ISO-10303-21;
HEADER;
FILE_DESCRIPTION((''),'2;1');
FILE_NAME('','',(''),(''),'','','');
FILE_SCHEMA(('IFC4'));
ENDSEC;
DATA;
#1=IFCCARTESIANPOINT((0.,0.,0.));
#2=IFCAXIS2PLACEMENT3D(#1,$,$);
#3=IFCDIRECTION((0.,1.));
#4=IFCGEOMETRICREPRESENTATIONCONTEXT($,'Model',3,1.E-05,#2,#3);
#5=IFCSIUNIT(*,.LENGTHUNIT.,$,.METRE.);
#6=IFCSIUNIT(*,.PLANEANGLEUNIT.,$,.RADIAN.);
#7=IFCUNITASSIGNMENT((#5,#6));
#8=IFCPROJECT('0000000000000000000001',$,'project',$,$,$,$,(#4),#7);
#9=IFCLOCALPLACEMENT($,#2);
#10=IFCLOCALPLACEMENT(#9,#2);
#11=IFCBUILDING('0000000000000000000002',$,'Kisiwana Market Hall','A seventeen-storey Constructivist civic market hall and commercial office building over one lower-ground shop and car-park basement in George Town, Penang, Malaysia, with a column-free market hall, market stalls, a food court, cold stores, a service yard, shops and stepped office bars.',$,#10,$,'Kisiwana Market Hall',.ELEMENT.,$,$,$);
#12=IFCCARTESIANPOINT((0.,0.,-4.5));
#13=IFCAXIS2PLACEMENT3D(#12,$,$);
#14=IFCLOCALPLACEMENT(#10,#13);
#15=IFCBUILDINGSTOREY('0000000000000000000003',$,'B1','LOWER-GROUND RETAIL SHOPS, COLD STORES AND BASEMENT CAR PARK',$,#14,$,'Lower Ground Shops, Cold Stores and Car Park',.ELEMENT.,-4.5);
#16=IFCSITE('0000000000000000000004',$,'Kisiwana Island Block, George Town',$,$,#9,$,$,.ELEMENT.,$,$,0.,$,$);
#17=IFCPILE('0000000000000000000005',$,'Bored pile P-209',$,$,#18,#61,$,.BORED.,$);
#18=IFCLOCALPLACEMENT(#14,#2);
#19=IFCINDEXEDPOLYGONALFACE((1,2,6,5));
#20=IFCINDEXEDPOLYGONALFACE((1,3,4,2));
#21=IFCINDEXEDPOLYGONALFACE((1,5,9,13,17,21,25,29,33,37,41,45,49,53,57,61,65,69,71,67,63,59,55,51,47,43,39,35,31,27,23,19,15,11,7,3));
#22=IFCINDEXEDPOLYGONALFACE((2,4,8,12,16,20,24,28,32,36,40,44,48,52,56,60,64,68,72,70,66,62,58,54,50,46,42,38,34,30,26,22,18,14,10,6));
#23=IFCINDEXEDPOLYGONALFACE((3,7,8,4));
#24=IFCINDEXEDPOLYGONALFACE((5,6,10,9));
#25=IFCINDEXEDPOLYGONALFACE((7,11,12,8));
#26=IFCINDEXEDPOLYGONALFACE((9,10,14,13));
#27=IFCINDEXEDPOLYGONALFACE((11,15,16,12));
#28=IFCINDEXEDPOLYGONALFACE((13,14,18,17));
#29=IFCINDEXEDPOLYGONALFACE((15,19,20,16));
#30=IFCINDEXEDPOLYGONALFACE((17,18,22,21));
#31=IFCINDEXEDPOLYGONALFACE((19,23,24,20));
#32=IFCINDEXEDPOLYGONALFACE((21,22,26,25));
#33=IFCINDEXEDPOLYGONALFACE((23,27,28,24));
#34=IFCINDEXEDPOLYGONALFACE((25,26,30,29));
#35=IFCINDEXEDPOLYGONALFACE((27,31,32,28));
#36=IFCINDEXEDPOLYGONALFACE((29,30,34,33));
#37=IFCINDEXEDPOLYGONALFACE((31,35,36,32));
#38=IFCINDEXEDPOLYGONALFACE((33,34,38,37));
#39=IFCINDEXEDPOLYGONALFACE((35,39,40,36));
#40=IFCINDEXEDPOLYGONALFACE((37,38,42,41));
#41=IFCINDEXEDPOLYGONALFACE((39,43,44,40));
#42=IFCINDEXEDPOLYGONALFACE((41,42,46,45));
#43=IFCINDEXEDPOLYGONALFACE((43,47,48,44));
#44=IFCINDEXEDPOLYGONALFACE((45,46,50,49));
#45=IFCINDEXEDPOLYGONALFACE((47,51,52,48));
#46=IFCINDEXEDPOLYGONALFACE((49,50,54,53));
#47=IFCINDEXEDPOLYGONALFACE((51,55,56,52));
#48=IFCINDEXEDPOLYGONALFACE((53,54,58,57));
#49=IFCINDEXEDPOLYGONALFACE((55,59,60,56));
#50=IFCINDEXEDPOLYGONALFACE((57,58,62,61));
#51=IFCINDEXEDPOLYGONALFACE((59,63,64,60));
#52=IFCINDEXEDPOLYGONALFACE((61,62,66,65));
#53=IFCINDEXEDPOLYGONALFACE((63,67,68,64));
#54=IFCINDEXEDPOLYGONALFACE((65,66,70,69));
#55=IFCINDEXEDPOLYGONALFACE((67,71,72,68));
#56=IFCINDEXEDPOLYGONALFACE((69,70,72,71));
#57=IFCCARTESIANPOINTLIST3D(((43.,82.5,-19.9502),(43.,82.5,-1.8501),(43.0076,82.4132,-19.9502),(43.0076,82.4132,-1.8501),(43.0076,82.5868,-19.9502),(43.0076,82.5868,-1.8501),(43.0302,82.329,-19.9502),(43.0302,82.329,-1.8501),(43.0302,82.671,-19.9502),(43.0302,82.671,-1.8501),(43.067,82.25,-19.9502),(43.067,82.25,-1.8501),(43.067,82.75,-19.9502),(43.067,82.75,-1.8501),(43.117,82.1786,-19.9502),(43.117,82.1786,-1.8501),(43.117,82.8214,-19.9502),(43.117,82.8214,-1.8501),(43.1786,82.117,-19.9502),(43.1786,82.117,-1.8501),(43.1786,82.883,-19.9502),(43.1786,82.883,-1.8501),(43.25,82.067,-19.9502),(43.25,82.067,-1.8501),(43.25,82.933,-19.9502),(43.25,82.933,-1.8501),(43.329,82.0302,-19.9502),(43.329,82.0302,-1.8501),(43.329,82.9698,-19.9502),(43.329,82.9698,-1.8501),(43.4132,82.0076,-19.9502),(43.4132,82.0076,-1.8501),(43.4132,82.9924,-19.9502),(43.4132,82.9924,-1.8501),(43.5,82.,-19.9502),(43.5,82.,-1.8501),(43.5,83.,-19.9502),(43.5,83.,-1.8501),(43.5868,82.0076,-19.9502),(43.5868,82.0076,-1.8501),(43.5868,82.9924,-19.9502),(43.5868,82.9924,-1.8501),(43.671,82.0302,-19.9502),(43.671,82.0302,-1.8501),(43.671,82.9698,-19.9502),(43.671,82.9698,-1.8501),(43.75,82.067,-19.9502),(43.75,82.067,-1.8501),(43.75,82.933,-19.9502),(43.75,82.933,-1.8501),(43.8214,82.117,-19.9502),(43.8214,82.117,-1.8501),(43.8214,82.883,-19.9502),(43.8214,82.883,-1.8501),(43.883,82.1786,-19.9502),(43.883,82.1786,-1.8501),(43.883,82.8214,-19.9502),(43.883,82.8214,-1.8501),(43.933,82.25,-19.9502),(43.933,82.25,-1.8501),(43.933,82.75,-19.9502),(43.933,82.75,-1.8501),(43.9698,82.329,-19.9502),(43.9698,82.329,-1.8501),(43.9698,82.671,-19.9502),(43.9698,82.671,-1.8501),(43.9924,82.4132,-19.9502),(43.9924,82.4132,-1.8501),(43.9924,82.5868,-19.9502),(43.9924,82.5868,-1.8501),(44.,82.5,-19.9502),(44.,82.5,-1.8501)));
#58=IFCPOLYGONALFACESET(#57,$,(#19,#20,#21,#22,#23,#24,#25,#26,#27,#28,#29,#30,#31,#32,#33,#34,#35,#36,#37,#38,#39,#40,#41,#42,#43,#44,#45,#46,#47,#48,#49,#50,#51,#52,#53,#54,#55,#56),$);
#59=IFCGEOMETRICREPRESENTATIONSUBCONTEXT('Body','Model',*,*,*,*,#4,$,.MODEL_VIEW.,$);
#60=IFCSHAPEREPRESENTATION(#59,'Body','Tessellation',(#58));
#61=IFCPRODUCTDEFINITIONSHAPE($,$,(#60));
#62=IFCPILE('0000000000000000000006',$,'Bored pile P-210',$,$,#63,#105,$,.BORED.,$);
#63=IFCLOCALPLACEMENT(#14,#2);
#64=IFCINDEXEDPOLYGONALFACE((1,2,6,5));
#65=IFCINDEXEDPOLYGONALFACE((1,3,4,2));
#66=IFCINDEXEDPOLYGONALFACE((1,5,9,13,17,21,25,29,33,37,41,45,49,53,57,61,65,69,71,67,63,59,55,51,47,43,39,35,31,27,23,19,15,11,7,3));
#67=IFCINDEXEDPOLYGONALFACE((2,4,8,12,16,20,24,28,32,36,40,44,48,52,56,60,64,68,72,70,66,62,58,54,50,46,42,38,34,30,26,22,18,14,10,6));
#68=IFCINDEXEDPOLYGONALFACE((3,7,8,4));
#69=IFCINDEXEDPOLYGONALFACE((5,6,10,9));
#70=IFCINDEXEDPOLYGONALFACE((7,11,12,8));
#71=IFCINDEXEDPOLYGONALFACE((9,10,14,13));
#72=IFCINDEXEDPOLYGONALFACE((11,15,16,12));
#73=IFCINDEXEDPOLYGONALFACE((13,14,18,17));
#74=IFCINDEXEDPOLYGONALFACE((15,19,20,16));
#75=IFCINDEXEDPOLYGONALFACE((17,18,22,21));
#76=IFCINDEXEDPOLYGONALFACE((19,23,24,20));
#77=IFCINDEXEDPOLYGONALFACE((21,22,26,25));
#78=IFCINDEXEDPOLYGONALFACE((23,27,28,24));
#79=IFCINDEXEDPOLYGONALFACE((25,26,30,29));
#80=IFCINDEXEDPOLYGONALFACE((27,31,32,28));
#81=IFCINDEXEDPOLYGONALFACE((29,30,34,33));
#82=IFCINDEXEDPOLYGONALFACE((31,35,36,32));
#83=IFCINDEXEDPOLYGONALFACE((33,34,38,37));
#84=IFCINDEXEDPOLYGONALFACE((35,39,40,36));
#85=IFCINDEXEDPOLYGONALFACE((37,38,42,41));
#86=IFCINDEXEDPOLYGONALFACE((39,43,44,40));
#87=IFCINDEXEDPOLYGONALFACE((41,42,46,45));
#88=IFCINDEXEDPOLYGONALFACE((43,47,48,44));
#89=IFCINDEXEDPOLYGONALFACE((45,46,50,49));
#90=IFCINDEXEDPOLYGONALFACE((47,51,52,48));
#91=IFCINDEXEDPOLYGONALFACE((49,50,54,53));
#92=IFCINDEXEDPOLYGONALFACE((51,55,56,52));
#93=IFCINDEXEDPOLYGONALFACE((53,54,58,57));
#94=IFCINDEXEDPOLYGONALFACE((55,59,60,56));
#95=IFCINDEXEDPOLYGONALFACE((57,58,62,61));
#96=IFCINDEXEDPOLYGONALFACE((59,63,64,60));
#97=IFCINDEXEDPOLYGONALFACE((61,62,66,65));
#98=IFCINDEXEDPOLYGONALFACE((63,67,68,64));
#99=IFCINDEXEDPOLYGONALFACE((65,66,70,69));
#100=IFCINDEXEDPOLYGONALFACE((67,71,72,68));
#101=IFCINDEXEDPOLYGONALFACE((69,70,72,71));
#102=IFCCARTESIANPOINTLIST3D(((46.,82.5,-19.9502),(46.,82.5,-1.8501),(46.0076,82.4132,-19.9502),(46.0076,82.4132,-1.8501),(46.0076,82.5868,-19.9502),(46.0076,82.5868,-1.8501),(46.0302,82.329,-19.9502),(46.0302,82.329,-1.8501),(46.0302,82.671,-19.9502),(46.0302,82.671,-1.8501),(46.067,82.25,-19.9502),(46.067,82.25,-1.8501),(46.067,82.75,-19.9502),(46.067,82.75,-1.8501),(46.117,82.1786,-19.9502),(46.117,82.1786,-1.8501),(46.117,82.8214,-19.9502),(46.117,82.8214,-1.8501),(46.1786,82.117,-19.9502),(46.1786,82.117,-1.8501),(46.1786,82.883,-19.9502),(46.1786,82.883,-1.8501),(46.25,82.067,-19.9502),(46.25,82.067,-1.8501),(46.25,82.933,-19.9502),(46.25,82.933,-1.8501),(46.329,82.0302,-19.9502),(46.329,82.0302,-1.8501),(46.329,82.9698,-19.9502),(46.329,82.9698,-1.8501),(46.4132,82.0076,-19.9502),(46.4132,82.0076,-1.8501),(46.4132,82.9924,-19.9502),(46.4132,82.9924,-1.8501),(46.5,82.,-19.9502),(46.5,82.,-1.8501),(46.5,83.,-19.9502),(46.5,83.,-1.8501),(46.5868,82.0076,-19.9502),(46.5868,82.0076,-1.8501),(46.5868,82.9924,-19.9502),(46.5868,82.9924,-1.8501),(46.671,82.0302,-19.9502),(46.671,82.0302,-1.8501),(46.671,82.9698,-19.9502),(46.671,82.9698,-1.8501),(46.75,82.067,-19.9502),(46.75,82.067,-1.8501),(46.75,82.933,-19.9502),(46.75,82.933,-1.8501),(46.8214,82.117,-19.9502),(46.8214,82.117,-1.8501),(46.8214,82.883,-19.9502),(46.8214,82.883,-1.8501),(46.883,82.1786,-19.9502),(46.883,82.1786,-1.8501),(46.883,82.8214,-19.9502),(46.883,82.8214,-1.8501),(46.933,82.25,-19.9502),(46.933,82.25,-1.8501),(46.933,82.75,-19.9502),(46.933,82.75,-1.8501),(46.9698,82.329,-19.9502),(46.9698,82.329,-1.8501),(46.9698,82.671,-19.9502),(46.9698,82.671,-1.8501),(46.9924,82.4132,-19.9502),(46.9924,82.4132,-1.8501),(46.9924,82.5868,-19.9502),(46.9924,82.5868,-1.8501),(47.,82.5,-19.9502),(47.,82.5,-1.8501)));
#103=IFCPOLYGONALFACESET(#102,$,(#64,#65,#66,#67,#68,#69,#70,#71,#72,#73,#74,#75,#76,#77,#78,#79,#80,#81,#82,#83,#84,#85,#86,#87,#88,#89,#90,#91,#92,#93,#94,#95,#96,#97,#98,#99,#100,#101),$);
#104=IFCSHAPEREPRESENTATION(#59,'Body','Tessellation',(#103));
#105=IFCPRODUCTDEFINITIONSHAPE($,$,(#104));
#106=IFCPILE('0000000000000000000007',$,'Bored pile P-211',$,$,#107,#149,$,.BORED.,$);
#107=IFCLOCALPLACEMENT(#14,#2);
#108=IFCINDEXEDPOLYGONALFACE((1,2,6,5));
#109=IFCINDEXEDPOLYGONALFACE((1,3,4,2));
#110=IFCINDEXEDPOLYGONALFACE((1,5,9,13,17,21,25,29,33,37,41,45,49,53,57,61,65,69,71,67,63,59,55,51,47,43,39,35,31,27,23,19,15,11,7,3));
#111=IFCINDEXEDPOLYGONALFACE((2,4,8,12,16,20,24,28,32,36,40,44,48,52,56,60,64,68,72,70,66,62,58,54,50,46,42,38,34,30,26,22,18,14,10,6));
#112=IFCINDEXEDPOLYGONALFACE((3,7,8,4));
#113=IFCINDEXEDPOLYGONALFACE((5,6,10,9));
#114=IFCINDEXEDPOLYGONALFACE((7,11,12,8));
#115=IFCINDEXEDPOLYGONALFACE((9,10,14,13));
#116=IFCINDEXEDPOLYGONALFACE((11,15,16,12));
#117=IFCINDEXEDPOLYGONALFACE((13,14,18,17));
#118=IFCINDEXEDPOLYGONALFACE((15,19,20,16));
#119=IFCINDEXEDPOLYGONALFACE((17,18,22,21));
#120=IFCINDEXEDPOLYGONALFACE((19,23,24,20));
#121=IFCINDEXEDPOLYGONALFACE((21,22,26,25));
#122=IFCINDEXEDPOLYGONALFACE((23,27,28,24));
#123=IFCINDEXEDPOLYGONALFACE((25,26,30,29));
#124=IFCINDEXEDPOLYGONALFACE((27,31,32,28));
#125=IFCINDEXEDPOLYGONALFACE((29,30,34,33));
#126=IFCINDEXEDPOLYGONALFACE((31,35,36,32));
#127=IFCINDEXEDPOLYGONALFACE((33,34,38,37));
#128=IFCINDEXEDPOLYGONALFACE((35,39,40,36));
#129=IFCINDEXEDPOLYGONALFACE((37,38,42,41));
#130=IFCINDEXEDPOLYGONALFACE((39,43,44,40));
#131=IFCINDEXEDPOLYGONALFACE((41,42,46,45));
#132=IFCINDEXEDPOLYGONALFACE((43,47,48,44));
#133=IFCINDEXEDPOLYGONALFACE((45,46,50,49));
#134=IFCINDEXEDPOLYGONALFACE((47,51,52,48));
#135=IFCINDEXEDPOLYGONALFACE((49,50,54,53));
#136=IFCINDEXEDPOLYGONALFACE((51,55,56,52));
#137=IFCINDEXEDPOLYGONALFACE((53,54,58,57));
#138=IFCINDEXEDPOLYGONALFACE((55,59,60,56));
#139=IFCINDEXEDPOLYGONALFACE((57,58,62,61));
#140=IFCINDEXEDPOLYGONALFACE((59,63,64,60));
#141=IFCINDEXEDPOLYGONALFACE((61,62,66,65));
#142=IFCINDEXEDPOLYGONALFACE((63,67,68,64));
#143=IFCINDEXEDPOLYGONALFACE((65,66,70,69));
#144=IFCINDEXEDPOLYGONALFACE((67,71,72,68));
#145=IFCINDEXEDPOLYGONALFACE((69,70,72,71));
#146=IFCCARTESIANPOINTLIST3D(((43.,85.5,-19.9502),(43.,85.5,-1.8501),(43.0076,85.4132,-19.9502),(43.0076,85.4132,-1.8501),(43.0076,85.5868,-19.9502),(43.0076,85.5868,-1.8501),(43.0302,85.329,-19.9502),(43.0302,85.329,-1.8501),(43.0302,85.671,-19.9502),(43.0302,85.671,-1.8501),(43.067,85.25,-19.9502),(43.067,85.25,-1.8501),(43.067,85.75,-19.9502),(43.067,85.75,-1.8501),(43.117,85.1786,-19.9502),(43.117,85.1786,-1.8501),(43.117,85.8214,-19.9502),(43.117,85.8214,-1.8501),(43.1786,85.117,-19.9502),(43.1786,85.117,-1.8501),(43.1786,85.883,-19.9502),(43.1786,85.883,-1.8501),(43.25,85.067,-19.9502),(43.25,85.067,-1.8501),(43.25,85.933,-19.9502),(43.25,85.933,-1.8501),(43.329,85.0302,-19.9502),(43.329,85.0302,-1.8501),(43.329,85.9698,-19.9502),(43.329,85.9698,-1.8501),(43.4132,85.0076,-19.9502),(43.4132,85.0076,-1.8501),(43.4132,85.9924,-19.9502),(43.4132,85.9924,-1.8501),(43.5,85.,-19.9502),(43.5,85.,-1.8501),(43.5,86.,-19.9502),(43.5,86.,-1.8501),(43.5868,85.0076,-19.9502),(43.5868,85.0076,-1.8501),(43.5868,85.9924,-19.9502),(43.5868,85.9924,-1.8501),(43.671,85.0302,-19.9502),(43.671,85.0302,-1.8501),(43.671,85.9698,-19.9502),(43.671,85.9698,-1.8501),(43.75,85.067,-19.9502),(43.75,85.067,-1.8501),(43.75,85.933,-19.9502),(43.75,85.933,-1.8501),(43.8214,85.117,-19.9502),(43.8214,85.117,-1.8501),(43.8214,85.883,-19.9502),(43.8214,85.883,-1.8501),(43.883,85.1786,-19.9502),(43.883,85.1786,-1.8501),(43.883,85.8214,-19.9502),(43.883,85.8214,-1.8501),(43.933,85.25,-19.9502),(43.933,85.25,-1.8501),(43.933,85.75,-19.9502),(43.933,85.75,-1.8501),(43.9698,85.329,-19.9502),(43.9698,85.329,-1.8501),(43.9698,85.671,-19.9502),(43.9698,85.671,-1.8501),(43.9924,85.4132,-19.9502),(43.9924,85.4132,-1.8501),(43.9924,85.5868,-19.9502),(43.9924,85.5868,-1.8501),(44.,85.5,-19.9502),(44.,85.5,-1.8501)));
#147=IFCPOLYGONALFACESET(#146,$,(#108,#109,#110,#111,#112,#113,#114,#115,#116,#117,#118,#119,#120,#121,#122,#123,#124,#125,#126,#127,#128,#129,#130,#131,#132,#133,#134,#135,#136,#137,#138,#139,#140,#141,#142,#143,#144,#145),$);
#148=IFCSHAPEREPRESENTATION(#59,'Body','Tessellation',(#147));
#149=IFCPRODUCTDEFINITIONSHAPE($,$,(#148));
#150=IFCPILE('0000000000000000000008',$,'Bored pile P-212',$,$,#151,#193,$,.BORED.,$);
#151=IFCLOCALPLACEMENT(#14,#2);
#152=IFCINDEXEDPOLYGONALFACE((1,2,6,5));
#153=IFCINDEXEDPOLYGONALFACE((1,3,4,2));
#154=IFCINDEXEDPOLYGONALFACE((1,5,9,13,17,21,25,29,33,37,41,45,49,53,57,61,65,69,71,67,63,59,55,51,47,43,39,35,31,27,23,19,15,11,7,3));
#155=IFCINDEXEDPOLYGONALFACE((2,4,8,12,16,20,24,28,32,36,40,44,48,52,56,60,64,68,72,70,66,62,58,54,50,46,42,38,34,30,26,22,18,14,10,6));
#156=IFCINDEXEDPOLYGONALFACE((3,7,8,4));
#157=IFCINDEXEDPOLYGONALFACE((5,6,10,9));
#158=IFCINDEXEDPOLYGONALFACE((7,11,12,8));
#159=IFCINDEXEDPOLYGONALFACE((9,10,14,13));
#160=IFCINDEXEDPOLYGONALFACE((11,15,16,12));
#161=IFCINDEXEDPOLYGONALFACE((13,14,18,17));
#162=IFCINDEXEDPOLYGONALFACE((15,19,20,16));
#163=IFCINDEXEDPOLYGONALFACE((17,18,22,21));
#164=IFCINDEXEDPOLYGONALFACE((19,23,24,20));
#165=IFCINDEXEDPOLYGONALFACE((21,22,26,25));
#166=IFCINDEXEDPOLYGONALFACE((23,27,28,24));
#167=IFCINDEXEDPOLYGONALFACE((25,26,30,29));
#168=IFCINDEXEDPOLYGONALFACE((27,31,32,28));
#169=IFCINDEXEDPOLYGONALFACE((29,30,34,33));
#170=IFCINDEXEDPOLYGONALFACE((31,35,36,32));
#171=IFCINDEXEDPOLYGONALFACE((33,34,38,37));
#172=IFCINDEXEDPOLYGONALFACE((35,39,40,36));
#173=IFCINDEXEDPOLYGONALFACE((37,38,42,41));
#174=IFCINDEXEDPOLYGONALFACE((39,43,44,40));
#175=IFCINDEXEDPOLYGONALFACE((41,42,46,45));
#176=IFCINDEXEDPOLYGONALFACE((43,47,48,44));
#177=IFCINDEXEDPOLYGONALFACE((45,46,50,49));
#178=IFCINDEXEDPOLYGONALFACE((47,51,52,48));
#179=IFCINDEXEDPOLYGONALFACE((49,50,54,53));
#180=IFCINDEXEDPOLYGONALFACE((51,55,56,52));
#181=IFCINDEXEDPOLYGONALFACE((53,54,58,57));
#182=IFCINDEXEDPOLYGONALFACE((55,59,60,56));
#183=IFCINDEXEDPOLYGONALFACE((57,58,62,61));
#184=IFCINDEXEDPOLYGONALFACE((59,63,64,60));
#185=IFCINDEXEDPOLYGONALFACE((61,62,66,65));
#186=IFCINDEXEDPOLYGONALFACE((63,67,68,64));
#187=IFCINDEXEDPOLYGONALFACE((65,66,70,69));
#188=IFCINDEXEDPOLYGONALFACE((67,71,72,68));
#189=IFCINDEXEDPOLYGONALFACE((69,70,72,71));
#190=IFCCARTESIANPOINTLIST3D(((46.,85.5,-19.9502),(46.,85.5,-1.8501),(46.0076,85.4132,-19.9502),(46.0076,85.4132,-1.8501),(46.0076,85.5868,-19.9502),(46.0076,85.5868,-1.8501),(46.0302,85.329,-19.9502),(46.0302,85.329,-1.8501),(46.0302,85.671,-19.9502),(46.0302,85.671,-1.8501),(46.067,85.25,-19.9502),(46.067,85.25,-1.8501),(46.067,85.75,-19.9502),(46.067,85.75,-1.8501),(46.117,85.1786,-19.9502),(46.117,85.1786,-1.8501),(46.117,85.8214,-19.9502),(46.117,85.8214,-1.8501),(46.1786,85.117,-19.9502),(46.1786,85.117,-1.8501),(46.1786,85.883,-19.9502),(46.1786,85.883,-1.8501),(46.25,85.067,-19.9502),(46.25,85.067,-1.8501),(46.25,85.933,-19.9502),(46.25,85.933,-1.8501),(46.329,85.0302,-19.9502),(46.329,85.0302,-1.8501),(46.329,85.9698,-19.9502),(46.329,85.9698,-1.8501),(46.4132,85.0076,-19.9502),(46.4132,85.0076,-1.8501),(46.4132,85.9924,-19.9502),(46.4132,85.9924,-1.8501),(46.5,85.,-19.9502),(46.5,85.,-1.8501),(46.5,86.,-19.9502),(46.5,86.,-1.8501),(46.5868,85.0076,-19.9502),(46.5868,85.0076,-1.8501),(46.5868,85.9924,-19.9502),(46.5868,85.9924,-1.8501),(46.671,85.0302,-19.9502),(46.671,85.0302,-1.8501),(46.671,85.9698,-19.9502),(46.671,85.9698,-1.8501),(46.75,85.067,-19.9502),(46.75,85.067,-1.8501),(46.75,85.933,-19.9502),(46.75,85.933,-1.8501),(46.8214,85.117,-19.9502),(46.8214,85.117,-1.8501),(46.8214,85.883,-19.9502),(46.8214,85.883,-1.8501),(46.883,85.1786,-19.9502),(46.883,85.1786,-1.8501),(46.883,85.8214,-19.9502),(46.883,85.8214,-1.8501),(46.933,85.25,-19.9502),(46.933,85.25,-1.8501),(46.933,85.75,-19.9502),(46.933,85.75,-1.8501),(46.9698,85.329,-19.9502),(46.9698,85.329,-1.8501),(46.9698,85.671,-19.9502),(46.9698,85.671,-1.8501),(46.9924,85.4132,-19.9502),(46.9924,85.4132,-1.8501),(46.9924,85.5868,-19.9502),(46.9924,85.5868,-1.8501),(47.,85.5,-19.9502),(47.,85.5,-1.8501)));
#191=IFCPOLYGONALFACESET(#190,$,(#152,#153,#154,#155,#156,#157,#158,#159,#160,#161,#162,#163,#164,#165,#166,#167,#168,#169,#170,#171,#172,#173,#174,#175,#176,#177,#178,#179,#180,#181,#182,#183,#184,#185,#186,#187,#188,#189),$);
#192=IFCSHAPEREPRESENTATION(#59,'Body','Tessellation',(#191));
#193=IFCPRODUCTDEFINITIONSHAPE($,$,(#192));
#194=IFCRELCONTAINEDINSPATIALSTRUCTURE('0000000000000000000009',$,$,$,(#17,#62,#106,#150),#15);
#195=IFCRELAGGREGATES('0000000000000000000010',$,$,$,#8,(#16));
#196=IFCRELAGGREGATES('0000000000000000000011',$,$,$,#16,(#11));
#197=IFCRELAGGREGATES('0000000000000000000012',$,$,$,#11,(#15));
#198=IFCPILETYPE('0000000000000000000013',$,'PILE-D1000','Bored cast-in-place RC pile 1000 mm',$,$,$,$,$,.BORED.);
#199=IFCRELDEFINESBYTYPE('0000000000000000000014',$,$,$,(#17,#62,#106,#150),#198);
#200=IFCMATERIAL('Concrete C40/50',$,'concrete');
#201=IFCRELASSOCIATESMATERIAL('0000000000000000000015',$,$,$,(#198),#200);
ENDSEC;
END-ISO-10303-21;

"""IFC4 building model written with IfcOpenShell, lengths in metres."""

from ifc_helpers import new_model, si_unit, direction, frame, origin, origin_2d, place, context, subcontext, project, spatial, circle, extrude, material, material_profile, profile_set, type_object, element, save


model = new_model("IFC4")

# Units and contexts
model_context = context("Model", 3, precision=1e-05, world=origin(), true_north=direction((0.0, 1.0)))
body_context = subcontext(model_context, "Body", "Model", "MODEL_VIEW")
ifc_project = project(units=[si_unit("LENGTHUNIT", "METRE"), si_unit("PLANEANGLEUNIT", "RADIAN")], contexts=[model_context])

# Site, building, storey
site_placement = place(None, origin())
site = spatial("IfcSite", under=ifc_project, at=site_placement, Name="Kisiwana Island Block, George Town", CompositionType="ELEMENT", RefElevation=0.0)
building_placement = place(site_placement, origin())
building = spatial("IfcBuilding", under=site, at=building_placement, Name="Kisiwana Market Hall", Description="A seventeen-storey Constructivist civic market hall and commercial office building over one lower-ground shop and car-park basement in George Town, Penang, Malaysia, with a column-free market hall, market stalls, a food court, cold stores, a service yard, shops and stepped office bars.", LongName="Kisiwana Market Hall", CompositionType="ELEMENT")
storey_placement = place(building_placement, frame((0.0, 0.0, -4.5)))
storey = spatial("IfcBuildingStorey", under=building, at=storey_placement, Name="B1", Description="LOWER-GROUND RETAIL SHOPS, COLD STORES AND BASEMENT CAR PARK", LongName="Lower Ground Shops, Cold Stores and Car Park", CompositionType="ELEMENT", Elevation=-4.5)

# Piles
ifc_material_1 = material(Name="Concrete C40/50", Category="concrete")
ifc_material_profile_1 = material_profile(ifc_material_1, circle(Radius=0.5, at=origin_2d()), Name="BP D1000")
ifc_profile_set_1 = profile_set([ifc_material_profile_1], Name="Concrete C40/50")
pile_type_1 = type_object("IfcPileType", Name="PILE-D1000", Description="Bored cast-in-place RC pile 1000 mm", PredefinedType="BORED", material=ifc_profile_set_1)
for number, where, z_axis, x_axis, name in (
    (1, (43.5, 82.5, -1.8501), (0.0, 0.0, -1.0), (1.0, 0.0, 0.0), "Bored pile P-209"),
    (2, (46.5, 82.5, -1.8501), (0.0, 0.0, -1.0), (1.0, 0.0, 0.0), "Bored pile P-210"),
    (3, (43.5, 85.5, -1.8501), (0.0, 0.0, -1.0), (1.0, 0.0, 0.0), "Bored pile P-211"),
    (4, (46.5, 85.5, -1.8501), (0.0, 0.0, -1.0), (1.0, 0.0, 0.0), "Bored pile P-212"),
):
    element("IfcPile", number, at=place(storey_placement, frame(where, z_axis=z_axis, x_axis=x_axis)), inside=storey, type_object=pile_type_1, Name=name, PredefinedType="BORED", context=body_context, shape_type="SweptSolid", body=[
        extrude(circle(Radius=0.5, at=origin_2d()), origin(), (0.0, 0.0, 1.0), 18.1001),
    ])

save(model, "model.ifc")
